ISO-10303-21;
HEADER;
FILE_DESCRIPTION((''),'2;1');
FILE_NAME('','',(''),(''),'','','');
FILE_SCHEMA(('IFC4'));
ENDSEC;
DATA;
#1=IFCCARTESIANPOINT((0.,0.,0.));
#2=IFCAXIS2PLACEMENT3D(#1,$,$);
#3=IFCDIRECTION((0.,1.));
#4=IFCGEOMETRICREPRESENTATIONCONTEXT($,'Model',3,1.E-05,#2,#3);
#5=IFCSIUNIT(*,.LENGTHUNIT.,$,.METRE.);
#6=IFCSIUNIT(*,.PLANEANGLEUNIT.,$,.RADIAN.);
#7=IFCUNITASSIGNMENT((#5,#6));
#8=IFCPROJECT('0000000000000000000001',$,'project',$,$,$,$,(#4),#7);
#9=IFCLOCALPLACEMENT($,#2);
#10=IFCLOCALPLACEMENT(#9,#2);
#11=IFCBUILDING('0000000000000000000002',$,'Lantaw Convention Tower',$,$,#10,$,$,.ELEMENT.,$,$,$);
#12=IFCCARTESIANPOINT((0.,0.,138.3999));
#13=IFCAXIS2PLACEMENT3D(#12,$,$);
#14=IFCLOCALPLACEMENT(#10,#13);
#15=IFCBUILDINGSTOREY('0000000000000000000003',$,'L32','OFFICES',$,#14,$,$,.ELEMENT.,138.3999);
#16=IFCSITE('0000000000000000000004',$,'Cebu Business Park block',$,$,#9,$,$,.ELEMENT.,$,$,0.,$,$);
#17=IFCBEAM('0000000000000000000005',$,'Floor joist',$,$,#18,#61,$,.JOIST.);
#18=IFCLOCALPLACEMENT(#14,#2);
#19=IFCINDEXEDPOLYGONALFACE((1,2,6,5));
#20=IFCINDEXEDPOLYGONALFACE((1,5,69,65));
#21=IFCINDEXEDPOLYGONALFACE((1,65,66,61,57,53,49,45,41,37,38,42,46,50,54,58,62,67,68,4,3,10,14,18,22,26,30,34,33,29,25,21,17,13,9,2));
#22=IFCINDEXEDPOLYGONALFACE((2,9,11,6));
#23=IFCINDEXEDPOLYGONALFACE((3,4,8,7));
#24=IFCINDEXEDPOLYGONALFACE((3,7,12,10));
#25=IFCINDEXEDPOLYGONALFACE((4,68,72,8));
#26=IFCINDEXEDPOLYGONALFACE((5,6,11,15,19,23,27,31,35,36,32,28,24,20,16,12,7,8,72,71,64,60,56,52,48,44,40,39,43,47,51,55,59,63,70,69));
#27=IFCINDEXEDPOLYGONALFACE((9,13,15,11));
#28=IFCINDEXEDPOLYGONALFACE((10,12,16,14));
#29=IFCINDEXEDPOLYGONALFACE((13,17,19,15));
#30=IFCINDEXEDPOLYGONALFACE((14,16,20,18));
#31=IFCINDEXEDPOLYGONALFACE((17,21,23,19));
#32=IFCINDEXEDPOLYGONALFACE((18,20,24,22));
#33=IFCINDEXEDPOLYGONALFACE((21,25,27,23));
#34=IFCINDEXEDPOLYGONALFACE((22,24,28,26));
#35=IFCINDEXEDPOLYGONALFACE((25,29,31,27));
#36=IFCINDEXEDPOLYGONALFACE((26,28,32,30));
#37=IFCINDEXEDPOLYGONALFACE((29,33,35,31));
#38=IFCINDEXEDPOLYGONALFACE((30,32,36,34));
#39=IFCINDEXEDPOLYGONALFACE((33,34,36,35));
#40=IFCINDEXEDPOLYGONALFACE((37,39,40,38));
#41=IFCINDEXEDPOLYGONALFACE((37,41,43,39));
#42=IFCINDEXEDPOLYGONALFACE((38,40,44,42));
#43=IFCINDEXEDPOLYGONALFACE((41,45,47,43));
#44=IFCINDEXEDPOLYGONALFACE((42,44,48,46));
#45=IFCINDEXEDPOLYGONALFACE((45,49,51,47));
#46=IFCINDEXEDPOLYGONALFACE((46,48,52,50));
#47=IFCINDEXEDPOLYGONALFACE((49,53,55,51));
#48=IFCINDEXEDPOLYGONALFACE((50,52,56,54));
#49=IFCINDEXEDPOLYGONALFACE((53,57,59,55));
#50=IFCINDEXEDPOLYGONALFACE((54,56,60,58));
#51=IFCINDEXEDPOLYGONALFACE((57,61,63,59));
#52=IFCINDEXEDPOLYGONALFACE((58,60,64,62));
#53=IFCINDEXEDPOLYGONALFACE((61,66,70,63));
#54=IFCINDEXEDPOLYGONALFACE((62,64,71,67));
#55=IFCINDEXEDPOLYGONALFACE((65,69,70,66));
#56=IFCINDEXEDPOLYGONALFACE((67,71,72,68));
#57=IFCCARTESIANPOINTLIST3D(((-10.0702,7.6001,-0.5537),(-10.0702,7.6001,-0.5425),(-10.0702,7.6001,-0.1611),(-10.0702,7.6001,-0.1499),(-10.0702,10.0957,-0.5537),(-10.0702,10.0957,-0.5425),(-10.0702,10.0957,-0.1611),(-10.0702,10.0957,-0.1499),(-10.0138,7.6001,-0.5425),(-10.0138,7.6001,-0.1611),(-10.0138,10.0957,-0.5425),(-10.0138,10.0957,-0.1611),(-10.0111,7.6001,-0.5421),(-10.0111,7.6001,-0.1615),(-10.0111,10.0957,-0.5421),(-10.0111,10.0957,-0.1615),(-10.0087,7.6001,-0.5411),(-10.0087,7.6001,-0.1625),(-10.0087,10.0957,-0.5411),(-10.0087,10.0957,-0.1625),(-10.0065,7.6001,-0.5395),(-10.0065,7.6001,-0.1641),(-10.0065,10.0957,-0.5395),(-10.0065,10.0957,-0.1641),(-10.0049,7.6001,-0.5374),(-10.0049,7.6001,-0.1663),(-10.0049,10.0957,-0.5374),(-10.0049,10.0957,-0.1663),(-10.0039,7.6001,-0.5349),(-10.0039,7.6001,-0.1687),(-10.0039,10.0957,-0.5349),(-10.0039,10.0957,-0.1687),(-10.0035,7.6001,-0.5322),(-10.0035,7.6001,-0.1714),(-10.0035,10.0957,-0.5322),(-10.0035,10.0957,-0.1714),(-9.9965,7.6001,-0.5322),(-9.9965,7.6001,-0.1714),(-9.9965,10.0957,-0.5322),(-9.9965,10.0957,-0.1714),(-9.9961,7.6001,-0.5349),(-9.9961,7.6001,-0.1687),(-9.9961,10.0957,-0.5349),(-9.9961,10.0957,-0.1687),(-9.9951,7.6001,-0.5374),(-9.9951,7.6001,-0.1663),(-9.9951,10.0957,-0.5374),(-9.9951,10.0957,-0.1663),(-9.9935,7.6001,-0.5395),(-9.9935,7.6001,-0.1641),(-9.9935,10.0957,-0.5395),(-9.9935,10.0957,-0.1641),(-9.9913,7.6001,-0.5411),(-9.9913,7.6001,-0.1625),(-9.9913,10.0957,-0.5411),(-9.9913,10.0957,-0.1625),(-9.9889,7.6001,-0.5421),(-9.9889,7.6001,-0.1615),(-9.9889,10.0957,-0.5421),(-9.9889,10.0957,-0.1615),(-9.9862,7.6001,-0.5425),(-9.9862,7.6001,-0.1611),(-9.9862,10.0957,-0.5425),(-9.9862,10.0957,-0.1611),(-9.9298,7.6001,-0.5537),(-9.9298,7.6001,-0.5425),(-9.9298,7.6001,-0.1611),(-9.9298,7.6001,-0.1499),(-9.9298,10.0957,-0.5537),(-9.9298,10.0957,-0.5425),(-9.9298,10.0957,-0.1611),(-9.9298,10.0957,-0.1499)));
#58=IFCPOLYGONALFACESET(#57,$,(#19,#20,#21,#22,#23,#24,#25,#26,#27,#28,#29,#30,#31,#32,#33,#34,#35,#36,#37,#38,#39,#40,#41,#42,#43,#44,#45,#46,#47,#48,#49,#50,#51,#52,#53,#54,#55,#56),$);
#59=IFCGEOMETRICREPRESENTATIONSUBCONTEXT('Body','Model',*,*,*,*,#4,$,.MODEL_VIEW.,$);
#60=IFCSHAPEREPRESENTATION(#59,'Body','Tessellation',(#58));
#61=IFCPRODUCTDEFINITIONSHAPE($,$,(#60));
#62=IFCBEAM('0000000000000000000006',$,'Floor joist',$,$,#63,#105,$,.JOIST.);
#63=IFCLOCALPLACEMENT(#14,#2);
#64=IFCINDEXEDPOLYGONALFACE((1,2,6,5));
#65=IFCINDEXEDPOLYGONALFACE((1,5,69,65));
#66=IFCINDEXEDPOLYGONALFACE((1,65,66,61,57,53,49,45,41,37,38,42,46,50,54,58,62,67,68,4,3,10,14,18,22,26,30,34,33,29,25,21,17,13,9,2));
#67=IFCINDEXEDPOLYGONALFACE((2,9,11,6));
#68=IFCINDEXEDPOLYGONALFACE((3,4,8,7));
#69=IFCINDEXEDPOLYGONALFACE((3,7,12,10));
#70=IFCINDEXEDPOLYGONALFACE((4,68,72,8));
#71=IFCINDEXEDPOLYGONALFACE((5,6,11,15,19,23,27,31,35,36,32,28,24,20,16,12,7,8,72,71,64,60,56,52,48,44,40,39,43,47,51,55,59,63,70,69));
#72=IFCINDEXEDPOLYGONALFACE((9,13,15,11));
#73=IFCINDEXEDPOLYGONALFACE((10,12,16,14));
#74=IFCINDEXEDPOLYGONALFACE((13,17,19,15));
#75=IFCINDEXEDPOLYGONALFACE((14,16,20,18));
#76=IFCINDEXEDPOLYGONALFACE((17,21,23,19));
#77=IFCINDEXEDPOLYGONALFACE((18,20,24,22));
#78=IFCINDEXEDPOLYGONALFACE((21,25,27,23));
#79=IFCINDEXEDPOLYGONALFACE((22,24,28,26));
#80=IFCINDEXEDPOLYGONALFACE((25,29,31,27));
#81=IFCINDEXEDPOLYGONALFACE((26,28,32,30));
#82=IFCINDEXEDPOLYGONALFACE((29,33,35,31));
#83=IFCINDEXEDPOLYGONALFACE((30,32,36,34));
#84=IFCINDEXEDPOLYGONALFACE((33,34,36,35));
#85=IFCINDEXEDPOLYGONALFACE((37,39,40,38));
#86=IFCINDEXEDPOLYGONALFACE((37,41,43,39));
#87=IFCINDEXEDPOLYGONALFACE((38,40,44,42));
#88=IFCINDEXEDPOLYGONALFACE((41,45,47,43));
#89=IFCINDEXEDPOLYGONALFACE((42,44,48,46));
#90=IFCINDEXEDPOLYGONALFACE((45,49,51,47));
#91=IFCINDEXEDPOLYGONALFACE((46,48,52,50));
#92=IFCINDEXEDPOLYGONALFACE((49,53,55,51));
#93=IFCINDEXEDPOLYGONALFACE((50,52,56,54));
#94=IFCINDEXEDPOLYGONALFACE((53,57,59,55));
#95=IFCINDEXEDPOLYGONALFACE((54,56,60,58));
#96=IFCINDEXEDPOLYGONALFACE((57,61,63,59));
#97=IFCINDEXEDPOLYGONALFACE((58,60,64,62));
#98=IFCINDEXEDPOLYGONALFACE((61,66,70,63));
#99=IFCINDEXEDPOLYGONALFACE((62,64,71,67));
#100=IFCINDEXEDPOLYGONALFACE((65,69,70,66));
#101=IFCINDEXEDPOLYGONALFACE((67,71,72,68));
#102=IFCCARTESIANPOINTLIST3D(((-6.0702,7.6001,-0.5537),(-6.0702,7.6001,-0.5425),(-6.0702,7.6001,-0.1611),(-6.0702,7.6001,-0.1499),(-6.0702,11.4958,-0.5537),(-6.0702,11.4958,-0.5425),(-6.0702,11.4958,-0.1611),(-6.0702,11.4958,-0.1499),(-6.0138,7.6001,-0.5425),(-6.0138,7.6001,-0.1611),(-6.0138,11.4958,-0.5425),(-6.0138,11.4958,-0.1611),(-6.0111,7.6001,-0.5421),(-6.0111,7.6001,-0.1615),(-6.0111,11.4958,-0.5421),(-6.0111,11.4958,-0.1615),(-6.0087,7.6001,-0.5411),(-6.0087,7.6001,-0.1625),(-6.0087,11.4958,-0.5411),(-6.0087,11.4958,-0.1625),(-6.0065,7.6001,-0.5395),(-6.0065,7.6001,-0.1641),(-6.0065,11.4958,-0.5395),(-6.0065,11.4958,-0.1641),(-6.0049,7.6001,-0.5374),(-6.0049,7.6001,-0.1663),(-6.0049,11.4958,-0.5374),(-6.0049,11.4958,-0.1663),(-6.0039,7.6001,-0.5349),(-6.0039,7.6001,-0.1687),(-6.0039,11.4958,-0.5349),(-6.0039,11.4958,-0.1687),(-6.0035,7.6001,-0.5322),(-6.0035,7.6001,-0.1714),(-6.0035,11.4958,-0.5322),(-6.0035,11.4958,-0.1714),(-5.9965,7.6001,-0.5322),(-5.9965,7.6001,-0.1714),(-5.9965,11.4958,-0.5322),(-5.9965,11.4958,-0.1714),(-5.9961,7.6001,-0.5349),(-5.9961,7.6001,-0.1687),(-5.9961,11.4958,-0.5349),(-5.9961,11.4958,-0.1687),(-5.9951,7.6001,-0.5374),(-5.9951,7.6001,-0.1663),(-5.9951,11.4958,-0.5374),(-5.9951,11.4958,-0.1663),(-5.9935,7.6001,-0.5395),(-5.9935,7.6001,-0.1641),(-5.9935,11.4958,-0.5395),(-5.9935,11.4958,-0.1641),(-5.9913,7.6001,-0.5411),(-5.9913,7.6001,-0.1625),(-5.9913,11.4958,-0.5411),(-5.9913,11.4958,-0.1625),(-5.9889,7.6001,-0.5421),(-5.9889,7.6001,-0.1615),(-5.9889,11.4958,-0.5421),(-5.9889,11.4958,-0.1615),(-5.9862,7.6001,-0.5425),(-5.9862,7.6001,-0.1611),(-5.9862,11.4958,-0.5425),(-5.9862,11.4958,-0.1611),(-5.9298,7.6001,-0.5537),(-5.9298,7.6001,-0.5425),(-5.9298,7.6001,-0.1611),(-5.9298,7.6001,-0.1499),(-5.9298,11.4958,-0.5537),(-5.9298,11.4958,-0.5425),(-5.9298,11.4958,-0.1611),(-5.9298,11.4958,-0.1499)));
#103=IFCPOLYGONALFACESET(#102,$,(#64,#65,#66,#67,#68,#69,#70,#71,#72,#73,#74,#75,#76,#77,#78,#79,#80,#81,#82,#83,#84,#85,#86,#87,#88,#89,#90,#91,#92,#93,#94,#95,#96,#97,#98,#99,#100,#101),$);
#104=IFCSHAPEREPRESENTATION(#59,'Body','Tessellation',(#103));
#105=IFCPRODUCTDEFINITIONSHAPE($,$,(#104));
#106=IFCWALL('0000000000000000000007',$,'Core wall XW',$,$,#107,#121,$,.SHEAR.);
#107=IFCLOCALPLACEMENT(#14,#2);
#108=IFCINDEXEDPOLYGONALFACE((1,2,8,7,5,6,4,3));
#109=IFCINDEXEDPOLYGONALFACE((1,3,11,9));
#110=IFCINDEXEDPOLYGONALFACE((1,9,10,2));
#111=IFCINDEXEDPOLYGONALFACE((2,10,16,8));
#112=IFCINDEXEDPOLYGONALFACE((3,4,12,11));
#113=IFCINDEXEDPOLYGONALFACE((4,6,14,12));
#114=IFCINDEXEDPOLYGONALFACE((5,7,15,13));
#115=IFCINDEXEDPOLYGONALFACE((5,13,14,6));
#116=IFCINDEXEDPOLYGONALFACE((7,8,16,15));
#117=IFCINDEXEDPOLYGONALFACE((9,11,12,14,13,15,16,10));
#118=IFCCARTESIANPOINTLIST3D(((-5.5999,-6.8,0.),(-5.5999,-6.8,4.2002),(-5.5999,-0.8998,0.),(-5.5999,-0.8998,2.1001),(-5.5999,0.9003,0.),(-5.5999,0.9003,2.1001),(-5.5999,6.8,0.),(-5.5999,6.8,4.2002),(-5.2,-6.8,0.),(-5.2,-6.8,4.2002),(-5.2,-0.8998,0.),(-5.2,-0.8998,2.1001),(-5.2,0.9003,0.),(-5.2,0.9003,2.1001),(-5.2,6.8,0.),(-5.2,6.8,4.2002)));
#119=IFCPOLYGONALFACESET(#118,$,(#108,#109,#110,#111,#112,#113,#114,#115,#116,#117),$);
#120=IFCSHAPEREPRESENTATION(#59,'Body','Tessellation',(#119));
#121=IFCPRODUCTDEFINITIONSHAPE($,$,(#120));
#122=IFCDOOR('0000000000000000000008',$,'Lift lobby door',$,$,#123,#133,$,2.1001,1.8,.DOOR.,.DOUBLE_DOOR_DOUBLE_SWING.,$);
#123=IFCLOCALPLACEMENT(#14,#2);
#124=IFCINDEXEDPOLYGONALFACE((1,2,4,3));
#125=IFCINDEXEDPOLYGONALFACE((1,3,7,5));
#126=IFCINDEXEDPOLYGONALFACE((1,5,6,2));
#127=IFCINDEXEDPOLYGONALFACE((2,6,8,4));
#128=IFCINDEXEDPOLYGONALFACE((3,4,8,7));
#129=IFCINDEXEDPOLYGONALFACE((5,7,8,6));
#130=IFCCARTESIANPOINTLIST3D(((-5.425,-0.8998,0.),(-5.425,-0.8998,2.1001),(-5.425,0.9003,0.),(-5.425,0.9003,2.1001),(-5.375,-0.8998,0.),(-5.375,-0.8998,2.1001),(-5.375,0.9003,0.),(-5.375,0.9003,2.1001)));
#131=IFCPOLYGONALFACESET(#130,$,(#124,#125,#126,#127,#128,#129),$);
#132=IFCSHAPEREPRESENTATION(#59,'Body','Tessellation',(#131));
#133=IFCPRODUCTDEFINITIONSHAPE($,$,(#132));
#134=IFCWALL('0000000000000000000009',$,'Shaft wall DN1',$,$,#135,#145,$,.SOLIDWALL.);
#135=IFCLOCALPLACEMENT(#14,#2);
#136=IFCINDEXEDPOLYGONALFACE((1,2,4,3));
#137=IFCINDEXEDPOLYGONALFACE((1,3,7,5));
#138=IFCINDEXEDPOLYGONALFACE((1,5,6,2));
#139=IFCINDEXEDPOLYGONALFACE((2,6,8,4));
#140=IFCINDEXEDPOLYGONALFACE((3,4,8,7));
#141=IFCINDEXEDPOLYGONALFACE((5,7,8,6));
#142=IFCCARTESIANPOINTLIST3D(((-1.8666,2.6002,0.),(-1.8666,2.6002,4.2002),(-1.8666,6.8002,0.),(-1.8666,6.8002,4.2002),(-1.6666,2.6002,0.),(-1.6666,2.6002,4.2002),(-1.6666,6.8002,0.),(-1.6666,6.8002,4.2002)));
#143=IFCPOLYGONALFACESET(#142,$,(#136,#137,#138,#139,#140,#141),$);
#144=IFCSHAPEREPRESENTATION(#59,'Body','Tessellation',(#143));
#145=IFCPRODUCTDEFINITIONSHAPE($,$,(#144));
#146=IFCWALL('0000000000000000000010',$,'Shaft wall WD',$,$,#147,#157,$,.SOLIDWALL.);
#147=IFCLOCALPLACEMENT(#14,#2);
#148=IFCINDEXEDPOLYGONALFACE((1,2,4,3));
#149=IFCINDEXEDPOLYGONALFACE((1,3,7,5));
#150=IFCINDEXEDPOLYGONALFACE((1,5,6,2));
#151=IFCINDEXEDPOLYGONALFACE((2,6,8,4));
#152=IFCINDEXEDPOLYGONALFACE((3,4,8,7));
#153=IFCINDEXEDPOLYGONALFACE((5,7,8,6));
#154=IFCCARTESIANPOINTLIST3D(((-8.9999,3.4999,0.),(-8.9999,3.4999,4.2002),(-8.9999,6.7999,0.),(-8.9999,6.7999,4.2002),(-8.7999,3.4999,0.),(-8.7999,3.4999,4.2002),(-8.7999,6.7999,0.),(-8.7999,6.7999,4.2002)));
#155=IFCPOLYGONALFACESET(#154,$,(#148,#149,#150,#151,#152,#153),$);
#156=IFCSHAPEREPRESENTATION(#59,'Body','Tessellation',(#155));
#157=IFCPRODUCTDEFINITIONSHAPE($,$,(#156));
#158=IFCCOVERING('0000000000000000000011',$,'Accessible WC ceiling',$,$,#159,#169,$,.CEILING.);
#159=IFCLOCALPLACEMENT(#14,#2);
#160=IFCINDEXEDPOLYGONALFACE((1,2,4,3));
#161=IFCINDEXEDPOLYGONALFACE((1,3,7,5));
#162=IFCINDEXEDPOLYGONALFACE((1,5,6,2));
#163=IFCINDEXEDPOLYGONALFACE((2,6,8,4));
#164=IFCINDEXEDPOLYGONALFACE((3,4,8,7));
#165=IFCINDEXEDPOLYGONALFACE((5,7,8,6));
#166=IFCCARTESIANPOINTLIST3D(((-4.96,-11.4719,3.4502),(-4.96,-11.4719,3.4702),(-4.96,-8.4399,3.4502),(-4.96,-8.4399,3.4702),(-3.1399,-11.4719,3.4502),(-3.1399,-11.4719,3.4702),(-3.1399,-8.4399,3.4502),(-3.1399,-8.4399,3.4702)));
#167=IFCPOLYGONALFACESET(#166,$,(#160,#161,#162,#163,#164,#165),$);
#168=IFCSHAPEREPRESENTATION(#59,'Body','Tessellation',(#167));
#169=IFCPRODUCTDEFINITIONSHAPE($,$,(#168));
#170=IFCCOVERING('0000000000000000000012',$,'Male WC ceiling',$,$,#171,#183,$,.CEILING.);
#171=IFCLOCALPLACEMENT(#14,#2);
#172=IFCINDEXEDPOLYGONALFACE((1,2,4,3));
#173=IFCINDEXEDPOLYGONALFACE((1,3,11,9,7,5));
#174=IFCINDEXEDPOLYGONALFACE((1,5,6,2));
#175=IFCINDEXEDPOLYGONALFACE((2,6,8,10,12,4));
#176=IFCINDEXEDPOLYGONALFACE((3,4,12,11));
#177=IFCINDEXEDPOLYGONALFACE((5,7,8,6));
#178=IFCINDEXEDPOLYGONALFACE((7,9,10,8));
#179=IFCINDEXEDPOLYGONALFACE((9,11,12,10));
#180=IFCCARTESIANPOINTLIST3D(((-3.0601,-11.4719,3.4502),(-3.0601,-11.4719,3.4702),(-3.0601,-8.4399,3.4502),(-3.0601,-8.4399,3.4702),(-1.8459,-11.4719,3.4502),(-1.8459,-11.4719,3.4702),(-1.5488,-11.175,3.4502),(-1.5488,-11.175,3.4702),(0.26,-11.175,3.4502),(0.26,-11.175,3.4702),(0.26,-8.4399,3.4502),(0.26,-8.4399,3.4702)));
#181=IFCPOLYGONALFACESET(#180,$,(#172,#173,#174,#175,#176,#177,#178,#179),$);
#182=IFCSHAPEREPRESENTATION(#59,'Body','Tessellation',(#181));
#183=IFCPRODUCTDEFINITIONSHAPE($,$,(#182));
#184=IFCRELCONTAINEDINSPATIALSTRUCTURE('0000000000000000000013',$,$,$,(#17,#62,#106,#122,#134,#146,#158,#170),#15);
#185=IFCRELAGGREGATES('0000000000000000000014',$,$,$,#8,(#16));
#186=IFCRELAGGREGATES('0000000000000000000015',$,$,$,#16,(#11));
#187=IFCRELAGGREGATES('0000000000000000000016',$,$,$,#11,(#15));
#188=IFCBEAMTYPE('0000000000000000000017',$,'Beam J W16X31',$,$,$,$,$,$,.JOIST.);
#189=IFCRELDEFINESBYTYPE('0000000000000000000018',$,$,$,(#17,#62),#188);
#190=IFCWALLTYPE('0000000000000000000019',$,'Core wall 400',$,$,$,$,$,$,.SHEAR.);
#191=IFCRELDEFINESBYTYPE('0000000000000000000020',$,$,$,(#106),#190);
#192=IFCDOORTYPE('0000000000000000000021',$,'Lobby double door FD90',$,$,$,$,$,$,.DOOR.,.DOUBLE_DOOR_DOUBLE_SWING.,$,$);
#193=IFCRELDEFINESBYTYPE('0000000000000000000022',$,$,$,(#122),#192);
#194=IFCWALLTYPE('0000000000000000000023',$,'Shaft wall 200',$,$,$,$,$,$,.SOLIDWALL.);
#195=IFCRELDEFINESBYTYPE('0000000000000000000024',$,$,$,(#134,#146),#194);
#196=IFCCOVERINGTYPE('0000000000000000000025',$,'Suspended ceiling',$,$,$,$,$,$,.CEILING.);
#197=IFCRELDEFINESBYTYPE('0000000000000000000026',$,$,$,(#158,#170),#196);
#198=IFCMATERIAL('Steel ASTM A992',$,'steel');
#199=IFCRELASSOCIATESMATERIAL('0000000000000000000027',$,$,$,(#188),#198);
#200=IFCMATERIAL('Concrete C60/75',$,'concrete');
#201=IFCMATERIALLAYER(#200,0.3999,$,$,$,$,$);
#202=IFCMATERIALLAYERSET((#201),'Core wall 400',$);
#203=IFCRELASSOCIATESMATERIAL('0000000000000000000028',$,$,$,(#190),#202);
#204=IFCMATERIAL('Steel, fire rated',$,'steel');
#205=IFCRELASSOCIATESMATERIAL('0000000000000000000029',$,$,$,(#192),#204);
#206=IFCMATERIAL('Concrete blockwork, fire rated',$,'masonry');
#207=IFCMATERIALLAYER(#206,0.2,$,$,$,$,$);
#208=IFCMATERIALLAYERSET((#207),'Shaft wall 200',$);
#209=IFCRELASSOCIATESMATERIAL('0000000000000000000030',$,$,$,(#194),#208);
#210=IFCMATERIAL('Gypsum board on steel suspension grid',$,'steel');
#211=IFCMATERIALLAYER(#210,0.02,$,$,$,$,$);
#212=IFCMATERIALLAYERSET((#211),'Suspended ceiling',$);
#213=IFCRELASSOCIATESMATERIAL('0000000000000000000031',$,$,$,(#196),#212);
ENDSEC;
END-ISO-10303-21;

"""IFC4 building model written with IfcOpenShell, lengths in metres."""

from ifc_helpers import new_model, si_unit, direction, frame, frame_2d, origin, origin_2d, place, context, subcontext, project, spatial, polyline, rectangle, i_section, outline, extrude, material, layer, layer_set, material_profile, profile_set, type_object, element, fill, save


model = new_model("IFC4")

# Units and contexts
model_context = context("Model", 3, precision=1e-05, world=origin(), true_north=direction((0.0, 1.0)))
body_context = subcontext(model_context, "Body", "Model", "MODEL_VIEW")
ifc_project = project(units=[si_unit("LENGTHUNIT", "METRE"), si_unit("PLANEANGLEUNIT", "RADIAN")], contexts=[model_context])

# Site, building, storey
site_placement = place(None, origin())
site = spatial("IfcSite", under=ifc_project, at=site_placement, Name="Cebu Business Park block", CompositionType="ELEMENT", RefElevation=0.0)
building_placement = place(site_placement, origin())
building = spatial("IfcBuilding", under=site, at=building_placement, Name="Lantaw Convention Tower", CompositionType="ELEMENT")
storey_placement = place(building_placement, frame((0.0, 0.0, 138.3999)))
storey = spatial("IfcBuildingStorey", under=building, at=storey_placement, Name="L32", Description="OFFICES", CompositionType="ELEMENT", Elevation=138.3999)

# Beams
ifc_material_1 = material(Name="Steel ASTM A992", Category="steel")
ifc_material_profile_1 = material_profile(ifc_material_1, i_section(OverallWidth=0.1404, OverallDepth=0.4038, WebThickness=0.0071, FlangeThickness=0.0112, FilletRadius=0.0103, at=origin_2d()), Name="W16X31")
ifc_profile_set_1 = profile_set([ifc_material_profile_1], Name="Steel ASTM A992")
beam_type_1 = type_object("IfcBeamType", Name="Beam J W16X31", PredefinedType="JOIST", material=ifc_profile_set_1)
beam_1_placement = place(storey_placement, frame((-10.0, 7.6001, -0.3518), z_axis=(0.0, 1.0, 0.0), x_axis=(-1.0, 0.0, 0.0)))
element("IfcBeam", 1, at=beam_1_placement, inside=storey, type_object=beam_type_1, Name="Floor joist", PredefinedType="JOIST", context=body_context, shape_type="SweptSolid", body=[
    extrude(i_section(OverallWidth=0.1404, OverallDepth=0.4038, WebThickness=0.0071, FlangeThickness=0.0112, FilletRadius=0.0103, at=origin_2d()), origin(), (0.0, 0.0, 1.0), 2.4956),
])
beam_2_placement = place(storey_placement, frame((-6.0, 7.6001, -0.3518), z_axis=(0.0, 1.0, 0.0), x_axis=(-1.0, 0.0, 0.0)))
element("IfcBeam", 2, at=beam_2_placement, inside=storey, type_object=beam_type_1, Name="Floor joist", PredefinedType="JOIST", context=body_context, shape_type="SweptSolid", body=[
    extrude(i_section(OverallWidth=0.1404, OverallDepth=0.4038, WebThickness=0.0071, FlangeThickness=0.0112, FilletRadius=0.0103, at=origin_2d()), origin(), (0.0, 0.0, 1.0), 3.8958),
])

# Wall, opening, door
ifc_material_2 = material(Name="Concrete C60/75", Category="concrete")
ifc_layer_1 = layer(ifc_material_2, 0.3999)
ifc_layer_set_1 = layer_set([ifc_layer_1], Name="Core wall 400")
wall_type_1 = type_object("IfcWallType", Name="Core wall 400", PredefinedType="SHEAR", material=ifc_layer_set_1)
wall_1_placement = place(storey_placement, frame((-5.3999, 6.8, 0.0), z_axis=(0.0, 0.0, 1.0), x_axis=(0.0, -1.0, 0.0)))
wall_1 = element("IfcWall", 3, at=wall_1_placement, inside=storey, type_object=wall_type_1, Name="Core wall XW", PredefinedType="SHEAR", context=body_context, shape_type="SweptSolid", body=[
    extrude(rectangle(XDim=13.6001, YDim=0.3999, at=frame_2d((6.8, 0.0))), origin(), (0.0, 0.0, 1.0), 4.2002),
])
opening_placement = place(wall_1_placement, frame((5.8999, 0.0, 0.0)))
opening = element("IfcOpeningElement", 4, at=opening_placement, cuts=wall_1, PredefinedType="OPENING", context=body_context, shape_type="SweptSolid", body=[
    extrude(rectangle(XDim=1.8, YDim=2.1001, at=frame_2d((0.8999, 1.05))), frame((0.0, 0.21, 0.0), z_axis=(0.0, -1.0, 0.0), x_axis=(1.0, 0.0, 0.0)), (0.0, 0.0, 1.0), 0.4199),
])
ifc_material_3 = material(Name="Steel, fire rated", Category="steel")
door_type = type_object("IfcDoorType", Name="Lobby double door FD90", OperationType="DOUBLE_DOOR_DOUBLE_SWING", PredefinedType="DOOR", material=ifc_material_3)
door_placement = place(opening_placement, origin())
door = element("IfcDoor", 5, at=door_placement, inside=storey, type_object=door_type, Name="Lift lobby door", OperationType="DOUBLE_DOOR_DOUBLE_SWING", OverallHeight=2.1001, OverallWidth=1.8, PredefinedType="DOOR", context=body_context, shape_type="SweptSolid", body=[
    extrude(rectangle(XDim=1.8, YDim=2.1001, at=frame_2d((0.8999, 1.05))), frame((0.0, 0.0249, 0.0), z_axis=(0.0, -1.0, 0.0), x_axis=(1.0, 0.0, 0.0)), (0.0, 0.0, 1.0), 0.05),
])
fill(opening, door)

# Walls
ifc_material_4 = material(Name="Concrete blockwork, fire rated", Category="masonry")
ifc_layer_2 = layer(ifc_material_4, 0.2)
ifc_layer_set_2 = layer_set([ifc_layer_2], Name="Shaft wall 200")
wall_type_2 = type_object("IfcWallType", Name="Shaft wall 200", PredefinedType="SOLIDWALL", material=ifc_layer_set_2)
wall_2_placement = place(storey_placement, frame((-1.7666, 2.6001, 0.0), z_axis=(0.0, 0.0, 1.0), x_axis=(0.0, 1.0, 0.0)))
element("IfcWall", 6, at=wall_2_placement, inside=storey, type_object=wall_type_2, Name="Shaft wall DN1", PredefinedType="SOLIDWALL", context=body_context, shape_type="SweptSolid", body=[
    extrude(rectangle(XDim=4.2, YDim=0.2, at=frame_2d((2.1001, 0.0))), origin(), (0.0, 0.0, 1.0), 4.2002),
])
wall_3_placement = place(storey_placement, frame((-8.8999, 3.5, 0.0), z_axis=(0.0, 0.0, 1.0), x_axis=(0.0, 1.0, 0.0)))
element("IfcWall", 7, at=wall_3_placement, inside=storey, type_object=wall_type_2, Name="Shaft wall WD", PredefinedType="SOLIDWALL", context=body_context, shape_type="SweptSolid", body=[
    extrude(rectangle(XDim=3.3, YDim=0.2, at=frame_2d((1.6499, 0.0))), origin(), (0.0, 0.0, 1.0), 4.2002),
])

# Coverings
ifc_material_5 = material(Name="Gypsum board on steel suspension grid", Category="steel")
ifc_layer_3 = layer(ifc_material_5, 0.02)
ifc_layer_set_3 = layer_set([ifc_layer_3], Name="Suspended ceiling")
covering_type = type_object("IfcCoveringType", Name="Suspended ceiling", PredefinedType="CEILING", material=ifc_layer_set_3)
covering_1_placement = place(storey_placement, frame((0.0, 0.0, 3.4502)))
element("IfcCovering", 8, at=covering_1_placement, inside=storey, type_object=covering_type, Name="Accessible WC ceiling", PredefinedType="CEILING", context=body_context, shape_type="SweptSolid", body=[
    extrude(outline(polyline([(-4.96, -11.4719), (-3.1399, -11.4719), (-3.1399, -8.4399), (-4.96, -8.4399), (-4.96, -11.4719)])), origin(), (0.0, 0.0, 1.0), 0.02),
])
covering_2_placement = place(storey_placement, frame((0.0, 0.0, 3.4502)))
element("IfcCovering", 9, at=covering_2_placement, inside=storey, type_object=covering_type, Name="Male WC ceiling", PredefinedType="CEILING", context=body_context, shape_type="SweptSolid", body=[
    extrude(outline(polyline([(-3.0601, -8.4399), (-3.0601, -11.4719), (-1.8459, -11.4719), (-1.5488, -11.175), (0.26, -11.175), (0.26, -8.4399), (-3.0601, -8.4399)])), origin(), (0.0, 0.0, 1.0), 0.02),
])

save(model, "model.ifc")
